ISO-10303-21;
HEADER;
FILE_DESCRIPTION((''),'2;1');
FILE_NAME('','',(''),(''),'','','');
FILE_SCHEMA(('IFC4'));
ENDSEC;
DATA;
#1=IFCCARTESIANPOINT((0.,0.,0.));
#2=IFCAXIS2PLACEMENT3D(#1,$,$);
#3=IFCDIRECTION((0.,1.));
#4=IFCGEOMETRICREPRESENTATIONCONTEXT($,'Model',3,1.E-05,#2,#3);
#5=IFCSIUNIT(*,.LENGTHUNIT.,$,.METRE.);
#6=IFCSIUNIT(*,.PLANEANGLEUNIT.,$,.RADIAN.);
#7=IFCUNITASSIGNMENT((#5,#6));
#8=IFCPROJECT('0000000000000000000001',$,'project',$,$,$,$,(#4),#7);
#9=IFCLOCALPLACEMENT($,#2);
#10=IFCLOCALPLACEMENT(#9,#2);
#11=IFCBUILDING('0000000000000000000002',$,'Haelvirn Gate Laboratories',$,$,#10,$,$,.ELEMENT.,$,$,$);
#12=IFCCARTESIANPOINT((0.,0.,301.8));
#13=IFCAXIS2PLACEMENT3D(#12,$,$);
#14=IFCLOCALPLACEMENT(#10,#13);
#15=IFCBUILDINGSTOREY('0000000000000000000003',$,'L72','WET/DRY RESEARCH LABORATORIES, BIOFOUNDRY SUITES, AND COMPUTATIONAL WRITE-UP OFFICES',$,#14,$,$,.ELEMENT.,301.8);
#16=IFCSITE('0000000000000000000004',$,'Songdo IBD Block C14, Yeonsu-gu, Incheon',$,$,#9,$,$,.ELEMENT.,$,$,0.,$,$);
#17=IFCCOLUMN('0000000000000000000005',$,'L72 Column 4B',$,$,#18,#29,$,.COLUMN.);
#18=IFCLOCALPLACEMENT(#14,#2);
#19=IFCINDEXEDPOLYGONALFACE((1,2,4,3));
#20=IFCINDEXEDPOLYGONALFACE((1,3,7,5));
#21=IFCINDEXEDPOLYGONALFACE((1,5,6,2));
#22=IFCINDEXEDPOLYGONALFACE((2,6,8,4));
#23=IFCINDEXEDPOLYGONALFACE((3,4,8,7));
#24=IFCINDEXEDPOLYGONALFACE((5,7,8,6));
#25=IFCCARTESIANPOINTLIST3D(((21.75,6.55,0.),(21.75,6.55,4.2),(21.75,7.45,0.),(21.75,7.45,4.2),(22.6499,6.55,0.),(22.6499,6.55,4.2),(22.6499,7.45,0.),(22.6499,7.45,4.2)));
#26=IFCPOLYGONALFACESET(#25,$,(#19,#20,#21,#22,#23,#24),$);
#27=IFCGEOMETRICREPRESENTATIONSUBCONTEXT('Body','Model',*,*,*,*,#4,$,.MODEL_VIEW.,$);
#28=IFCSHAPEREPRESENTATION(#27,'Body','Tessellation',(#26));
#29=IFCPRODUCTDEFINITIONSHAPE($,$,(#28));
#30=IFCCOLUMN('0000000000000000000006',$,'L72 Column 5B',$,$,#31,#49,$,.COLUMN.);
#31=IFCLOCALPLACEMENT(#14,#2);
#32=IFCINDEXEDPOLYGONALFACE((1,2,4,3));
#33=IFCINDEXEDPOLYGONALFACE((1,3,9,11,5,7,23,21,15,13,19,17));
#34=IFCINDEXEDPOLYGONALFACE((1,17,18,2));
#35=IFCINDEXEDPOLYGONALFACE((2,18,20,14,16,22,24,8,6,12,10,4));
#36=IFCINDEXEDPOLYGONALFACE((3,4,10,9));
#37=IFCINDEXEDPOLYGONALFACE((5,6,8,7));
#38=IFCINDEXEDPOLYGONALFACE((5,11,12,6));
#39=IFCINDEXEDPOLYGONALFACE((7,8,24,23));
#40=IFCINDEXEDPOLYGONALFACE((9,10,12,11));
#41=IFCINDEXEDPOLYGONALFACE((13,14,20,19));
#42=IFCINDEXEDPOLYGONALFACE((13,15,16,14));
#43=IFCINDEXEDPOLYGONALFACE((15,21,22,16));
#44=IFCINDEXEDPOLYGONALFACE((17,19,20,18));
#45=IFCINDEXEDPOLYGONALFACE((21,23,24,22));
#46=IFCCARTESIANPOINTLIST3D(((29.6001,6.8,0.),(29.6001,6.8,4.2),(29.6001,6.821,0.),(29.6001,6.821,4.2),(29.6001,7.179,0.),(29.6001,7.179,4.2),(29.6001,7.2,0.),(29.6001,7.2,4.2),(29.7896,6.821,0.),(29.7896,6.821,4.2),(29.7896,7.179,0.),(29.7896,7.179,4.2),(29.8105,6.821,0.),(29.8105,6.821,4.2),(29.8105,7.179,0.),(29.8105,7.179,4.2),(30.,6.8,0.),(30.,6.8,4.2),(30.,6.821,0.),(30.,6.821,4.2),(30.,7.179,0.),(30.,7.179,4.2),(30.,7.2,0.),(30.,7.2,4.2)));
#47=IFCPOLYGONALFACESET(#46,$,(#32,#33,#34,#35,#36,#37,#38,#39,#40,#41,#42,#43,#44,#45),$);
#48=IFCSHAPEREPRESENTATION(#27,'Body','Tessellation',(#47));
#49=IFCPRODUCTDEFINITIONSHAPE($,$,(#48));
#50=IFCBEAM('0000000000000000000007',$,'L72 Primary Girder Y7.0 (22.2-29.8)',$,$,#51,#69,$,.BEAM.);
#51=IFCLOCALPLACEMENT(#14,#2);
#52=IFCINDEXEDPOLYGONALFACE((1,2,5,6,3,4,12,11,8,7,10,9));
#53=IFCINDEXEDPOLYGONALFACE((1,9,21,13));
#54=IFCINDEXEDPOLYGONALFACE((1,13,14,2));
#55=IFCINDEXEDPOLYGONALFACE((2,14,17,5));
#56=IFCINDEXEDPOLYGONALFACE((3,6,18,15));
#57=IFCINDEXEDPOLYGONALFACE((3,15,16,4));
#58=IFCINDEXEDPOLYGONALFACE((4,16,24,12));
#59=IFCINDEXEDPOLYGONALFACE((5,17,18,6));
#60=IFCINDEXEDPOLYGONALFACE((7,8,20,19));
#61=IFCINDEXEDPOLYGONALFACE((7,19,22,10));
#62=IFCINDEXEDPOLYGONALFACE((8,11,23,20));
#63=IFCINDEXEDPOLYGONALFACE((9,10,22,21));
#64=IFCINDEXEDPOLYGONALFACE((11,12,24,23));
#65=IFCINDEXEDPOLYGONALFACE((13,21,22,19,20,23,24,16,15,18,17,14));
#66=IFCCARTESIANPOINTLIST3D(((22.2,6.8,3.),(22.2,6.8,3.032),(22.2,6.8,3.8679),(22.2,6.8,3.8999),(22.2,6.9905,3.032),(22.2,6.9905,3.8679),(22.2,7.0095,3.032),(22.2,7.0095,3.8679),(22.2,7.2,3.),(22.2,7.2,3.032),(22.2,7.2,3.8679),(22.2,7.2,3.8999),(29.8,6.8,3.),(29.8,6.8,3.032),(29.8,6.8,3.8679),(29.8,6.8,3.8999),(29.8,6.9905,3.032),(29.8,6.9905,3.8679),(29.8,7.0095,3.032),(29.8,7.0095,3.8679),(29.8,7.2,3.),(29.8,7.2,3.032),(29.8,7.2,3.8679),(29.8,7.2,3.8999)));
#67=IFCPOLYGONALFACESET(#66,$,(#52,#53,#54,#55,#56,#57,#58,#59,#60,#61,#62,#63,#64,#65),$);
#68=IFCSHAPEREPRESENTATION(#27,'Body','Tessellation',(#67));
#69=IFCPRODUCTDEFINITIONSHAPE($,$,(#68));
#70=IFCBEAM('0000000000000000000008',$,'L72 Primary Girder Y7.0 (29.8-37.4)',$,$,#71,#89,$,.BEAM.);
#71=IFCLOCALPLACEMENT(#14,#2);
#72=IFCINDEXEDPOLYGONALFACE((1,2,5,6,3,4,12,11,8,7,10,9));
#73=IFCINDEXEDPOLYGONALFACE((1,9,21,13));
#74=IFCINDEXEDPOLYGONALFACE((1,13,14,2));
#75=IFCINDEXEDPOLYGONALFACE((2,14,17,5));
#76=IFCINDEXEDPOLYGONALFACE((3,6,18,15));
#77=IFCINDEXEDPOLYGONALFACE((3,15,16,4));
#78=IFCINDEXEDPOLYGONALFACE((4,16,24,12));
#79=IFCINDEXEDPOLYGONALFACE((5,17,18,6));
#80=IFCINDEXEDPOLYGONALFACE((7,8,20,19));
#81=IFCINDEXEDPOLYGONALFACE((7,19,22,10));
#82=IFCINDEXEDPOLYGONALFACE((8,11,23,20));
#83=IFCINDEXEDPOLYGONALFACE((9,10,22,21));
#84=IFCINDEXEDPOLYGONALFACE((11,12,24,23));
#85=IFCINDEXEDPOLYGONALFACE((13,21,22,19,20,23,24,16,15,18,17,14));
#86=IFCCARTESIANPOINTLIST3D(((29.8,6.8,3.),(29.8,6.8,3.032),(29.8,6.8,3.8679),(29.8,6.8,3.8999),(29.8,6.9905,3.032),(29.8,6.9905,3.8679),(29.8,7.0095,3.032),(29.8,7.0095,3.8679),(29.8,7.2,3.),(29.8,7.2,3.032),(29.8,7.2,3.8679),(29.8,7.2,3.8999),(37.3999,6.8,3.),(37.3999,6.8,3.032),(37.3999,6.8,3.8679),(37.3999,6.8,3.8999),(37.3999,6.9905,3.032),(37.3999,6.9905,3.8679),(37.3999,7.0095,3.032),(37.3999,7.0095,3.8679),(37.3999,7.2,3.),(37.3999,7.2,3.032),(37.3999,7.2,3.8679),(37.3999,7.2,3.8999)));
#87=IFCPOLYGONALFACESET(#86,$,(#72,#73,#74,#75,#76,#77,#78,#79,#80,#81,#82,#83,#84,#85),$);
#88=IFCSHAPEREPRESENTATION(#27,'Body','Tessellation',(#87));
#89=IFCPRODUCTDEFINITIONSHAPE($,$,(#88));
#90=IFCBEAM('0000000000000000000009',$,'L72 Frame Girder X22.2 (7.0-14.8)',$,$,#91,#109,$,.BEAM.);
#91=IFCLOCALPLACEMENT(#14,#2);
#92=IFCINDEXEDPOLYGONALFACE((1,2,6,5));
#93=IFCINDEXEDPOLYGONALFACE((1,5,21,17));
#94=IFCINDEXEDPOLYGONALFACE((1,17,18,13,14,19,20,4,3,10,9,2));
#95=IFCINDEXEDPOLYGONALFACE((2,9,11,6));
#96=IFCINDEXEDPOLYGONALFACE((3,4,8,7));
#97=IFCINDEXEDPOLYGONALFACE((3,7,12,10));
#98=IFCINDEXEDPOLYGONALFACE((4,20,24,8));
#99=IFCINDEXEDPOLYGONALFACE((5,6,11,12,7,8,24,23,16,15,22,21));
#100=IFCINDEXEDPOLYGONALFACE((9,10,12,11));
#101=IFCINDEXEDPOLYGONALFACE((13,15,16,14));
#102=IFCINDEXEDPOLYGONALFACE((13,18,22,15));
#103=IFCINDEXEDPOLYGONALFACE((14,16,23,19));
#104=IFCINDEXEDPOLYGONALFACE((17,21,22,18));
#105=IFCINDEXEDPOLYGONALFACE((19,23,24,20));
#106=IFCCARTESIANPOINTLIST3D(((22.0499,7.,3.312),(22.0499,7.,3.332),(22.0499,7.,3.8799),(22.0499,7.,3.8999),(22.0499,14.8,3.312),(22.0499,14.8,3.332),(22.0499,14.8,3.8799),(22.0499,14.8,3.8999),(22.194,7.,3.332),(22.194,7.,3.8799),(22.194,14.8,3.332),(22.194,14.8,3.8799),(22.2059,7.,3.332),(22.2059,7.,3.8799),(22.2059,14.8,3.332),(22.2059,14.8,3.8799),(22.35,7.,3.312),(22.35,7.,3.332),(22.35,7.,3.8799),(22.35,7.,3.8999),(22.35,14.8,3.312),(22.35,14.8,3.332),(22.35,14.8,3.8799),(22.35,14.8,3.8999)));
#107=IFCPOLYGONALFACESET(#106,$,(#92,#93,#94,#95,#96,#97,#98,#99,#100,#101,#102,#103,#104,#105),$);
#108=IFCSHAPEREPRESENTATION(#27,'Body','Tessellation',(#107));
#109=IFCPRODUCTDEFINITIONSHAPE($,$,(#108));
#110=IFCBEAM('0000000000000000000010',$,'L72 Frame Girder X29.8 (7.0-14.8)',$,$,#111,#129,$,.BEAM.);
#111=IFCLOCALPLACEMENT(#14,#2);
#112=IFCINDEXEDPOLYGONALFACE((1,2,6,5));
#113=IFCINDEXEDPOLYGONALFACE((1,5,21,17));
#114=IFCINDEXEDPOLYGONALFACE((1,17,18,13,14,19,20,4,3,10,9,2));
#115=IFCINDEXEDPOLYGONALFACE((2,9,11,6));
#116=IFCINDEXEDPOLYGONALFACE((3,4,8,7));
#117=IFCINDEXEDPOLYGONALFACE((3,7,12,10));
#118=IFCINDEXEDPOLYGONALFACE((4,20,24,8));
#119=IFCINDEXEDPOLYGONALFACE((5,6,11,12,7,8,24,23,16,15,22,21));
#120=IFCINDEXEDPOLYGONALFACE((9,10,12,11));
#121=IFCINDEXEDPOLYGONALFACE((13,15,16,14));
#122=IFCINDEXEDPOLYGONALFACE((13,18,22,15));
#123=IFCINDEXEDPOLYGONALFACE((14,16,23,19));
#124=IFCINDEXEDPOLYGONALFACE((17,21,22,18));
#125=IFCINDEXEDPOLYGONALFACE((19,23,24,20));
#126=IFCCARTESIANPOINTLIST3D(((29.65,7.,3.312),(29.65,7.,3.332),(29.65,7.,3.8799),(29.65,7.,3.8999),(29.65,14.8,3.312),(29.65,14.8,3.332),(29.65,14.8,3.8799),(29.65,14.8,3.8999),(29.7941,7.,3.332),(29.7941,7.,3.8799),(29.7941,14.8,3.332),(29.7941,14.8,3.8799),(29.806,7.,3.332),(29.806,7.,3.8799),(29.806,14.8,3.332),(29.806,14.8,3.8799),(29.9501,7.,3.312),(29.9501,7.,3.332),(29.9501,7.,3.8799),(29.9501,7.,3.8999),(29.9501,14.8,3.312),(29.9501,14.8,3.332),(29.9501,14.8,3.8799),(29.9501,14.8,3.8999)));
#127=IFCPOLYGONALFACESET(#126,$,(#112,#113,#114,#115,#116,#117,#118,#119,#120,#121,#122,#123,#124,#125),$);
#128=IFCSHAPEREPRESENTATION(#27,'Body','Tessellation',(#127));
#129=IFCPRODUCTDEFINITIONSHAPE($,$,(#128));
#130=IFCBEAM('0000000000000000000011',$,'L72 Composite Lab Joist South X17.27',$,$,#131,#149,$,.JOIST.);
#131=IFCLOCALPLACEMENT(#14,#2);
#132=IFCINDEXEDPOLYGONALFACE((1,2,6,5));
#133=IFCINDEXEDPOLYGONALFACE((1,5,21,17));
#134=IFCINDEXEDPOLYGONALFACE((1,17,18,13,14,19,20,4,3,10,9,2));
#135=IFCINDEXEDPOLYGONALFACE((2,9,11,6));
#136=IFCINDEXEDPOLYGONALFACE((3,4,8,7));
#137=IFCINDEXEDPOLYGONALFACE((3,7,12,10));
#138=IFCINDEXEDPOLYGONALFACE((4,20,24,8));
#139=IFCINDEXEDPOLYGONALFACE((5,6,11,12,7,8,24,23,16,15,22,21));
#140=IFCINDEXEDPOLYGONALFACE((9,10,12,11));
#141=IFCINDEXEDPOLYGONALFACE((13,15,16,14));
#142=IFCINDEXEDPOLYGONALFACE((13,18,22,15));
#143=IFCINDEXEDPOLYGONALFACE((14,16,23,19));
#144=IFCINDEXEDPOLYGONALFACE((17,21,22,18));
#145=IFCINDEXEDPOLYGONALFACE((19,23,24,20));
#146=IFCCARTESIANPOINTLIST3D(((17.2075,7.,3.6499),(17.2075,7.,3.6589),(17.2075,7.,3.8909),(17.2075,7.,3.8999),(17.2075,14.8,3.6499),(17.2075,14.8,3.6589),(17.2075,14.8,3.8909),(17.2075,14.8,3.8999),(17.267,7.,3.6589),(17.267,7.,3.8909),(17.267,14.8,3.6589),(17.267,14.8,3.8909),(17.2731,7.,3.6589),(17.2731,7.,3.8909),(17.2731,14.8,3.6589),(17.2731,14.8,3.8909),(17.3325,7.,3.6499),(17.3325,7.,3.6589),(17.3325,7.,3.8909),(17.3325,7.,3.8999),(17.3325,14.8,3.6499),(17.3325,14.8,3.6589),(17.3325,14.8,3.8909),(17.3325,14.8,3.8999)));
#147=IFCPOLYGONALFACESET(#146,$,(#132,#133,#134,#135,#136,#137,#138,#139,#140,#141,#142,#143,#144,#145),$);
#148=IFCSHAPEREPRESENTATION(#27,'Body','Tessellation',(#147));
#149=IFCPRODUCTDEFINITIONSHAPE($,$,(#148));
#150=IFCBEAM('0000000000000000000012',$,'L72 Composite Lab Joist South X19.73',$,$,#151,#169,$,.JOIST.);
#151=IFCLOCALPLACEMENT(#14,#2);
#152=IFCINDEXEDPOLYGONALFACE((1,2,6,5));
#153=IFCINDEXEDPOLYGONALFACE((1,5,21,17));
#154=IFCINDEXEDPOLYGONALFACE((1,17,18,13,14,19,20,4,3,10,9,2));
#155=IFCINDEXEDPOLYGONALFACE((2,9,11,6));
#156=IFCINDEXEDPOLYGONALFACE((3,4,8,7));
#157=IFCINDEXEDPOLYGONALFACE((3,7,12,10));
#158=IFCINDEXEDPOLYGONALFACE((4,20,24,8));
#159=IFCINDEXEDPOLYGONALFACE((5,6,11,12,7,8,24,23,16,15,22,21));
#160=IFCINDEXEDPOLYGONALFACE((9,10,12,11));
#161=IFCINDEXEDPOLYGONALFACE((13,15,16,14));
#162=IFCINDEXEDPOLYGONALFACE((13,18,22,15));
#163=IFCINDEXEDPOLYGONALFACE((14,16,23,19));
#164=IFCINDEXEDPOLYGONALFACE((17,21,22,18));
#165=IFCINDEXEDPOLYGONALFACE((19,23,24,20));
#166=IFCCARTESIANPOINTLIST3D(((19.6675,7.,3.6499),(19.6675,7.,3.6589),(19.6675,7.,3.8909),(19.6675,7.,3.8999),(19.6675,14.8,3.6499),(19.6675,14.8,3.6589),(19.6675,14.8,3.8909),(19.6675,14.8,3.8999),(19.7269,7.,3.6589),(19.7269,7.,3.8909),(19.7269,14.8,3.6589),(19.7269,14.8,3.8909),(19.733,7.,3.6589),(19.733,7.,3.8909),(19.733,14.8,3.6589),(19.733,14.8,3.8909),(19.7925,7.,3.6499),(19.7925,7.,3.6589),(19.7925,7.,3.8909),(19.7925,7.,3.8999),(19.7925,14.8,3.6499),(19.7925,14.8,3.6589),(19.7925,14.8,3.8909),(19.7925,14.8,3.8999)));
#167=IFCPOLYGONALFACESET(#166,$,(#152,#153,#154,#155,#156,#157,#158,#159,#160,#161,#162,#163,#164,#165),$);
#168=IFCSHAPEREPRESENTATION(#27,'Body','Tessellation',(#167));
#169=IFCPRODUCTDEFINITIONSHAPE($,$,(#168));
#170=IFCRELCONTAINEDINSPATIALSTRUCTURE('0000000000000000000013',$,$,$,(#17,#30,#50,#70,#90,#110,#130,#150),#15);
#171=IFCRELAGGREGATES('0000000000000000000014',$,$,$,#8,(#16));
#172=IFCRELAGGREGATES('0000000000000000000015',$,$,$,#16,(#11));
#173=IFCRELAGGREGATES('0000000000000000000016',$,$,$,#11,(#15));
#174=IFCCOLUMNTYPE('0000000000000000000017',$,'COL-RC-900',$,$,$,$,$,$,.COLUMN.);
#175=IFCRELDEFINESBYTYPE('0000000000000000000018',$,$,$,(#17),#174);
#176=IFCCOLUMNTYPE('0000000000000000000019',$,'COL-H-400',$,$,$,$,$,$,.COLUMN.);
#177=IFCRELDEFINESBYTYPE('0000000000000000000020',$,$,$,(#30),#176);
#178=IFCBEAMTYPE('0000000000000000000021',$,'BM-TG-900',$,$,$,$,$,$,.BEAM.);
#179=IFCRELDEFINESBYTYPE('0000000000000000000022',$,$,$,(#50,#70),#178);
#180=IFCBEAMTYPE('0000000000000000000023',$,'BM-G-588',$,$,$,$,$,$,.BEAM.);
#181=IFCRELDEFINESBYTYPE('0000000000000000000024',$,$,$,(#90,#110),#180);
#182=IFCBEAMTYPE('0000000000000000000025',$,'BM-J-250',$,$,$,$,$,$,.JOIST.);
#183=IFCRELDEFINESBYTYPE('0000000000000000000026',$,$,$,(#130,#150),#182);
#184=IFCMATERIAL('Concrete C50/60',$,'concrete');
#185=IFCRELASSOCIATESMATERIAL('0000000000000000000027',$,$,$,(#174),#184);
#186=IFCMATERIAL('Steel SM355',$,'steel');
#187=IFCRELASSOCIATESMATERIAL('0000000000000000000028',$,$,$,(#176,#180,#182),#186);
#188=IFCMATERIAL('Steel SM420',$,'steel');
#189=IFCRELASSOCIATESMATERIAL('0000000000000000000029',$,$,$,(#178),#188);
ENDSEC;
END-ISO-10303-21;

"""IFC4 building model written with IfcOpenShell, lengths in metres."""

from ifc_helpers import new_model, si_unit, direction, frame, origin, origin_2d, place, context, subcontext, project, spatial, rectangle, i_section, extrude, source, transform, mapped, material, material_profile, profile_set, type_object, type_shapes, element, save


model = new_model("IFC4")

# Units and contexts
model_context = context("Model", 3, precision=1e-05, world=origin(), true_north=direction((0.0, 1.0)))
body_context = subcontext(model_context, "Body", "Model", "MODEL_VIEW")
ifc_project = project(units=[si_unit("LENGTHUNIT", "METRE"), si_unit("PLANEANGLEUNIT", "RADIAN")], contexts=[model_context])

# Site, building, storey
site_placement = place(None, origin())
site = spatial("IfcSite", under=ifc_project, at=site_placement, Name="Songdo IBD Block C14, Yeonsu-gu, Incheon", CompositionType="ELEMENT", RefElevation=0.0)
building_placement = place(site_placement, origin())
building = spatial("IfcBuilding", under=site, at=building_placement, Name="Haelvirn Gate Laboratories", CompositionType="ELEMENT")
storey_placement = place(building_placement, frame((0.0, 0.0, 301.8)))
storey = spatial("IfcBuildingStorey", under=building, at=storey_placement, Name="L72", Description="WET/DRY RESEARCH LABORATORIES, BIOFOUNDRY SUITES, AND COMPUTATIONAL WRITE-UP OFFICES", CompositionType="ELEMENT", Elevation=301.8)

# Columns
ifc_material_1 = material(Name="Concrete C50/60", Category="concrete")
ifc_material_profile_1 = material_profile(ifc_material_1, rectangle(XDim=0.8999, YDim=0.8999, at=origin_2d()), Name="RC-900x900")
ifc_profile_set_1 = profile_set([ifc_material_profile_1], Name="Concrete C50/60")
column_type_1 = type_object("IfcColumnType", Name="COL-RC-900", PredefinedType="COLUMN", material=ifc_profile_set_1)
shared_shape_1 = source(origin(), body_context, "Body", "SweptSolid", [
    extrude(rectangle(XDim=0.8999, YDim=0.8999, at=origin_2d()), origin(), (0.0, 0.0, 1.0), 4.2),
])
type_shapes(column_type_1, [shared_shape_1])
column_1_placement = place(storey_placement, frame((22.2, 7.0, 0.0), z_axis=(0.0, 0.0, 1.0), x_axis=(1.0, 0.0, 0.0)))
element("IfcColumn", 1, at=column_1_placement, inside=storey, type_object=column_type_1, Name="L72 Column 4B", PredefinedType="COLUMN", context=body_context, shape_type="MappedRepresentation", body=[
    mapped(shared_shape_1, transform((0.0, 0.0, 0.0), scale=1.0)),
])
ifc_material_2 = material(Name="Steel SM355", Category="steel")
ifc_material_profile_2 = material_profile(ifc_material_2, i_section(OverallWidth=0.3999, OverallDepth=0.3999, WebThickness=0.021, FlangeThickness=0.021, at=origin_2d()), Name="H-400x400x21x21")
ifc_profile_set_2 = profile_set([ifc_material_profile_2], Name="Steel SM355")
column_type_2 = type_object("IfcColumnType", Name="COL-H-400", PredefinedType="COLUMN", material=ifc_profile_set_2)
shared_shape_2 = source(origin(), body_context, "Body", "SweptSolid", [
    extrude(i_section(OverallWidth=0.3999, OverallDepth=0.3999, WebThickness=0.021, FlangeThickness=0.021, at=origin_2d()), origin(), (0.0, 0.0, 1.0), 4.2),
])
type_shapes(column_type_2, [shared_shape_2])
column_2_placement = place(storey_placement, frame((29.8, 7.0, 0.0), z_axis=(0.0, 0.0, 1.0), x_axis=(1.0, 0.0, 0.0)))
element("IfcColumn", 2, at=column_2_placement, inside=storey, type_object=column_type_2, Name="L72 Column 5B", PredefinedType="COLUMN", context=body_context, shape_type="MappedRepresentation", body=[
    mapped(shared_shape_2, transform((0.0, 0.0, 0.0), scale=1.0)),
])

# Beams
ifc_material_3 = material(Name="Steel SM420", Category="steel")
ifc_material_profile_3 = material_profile(ifc_material_3, i_section(OverallWidth=0.3999, OverallDepth=0.8999, WebThickness=0.019, FlangeThickness=0.032, at=origin_2d()), Name="H-900x400x19x32")
ifc_profile_set_3 = profile_set([ifc_material_profile_3], Name="Steel SM420")
beam_type_1 = type_object("IfcBeamType", Name="BM-TG-900", PredefinedType="BEAM", material=ifc_profile_set_3)
shared_shape_3 = source(origin(), body_context, "Body", "SweptSolid", [
    extrude(i_section(OverallWidth=0.3999, OverallDepth=0.8999, WebThickness=0.019, FlangeThickness=0.032, at=origin_2d()), origin(), (0.0, 0.0, 1.0), 7.6001),
])
beam_1_placement = place(storey_placement, frame((22.2, 7.0, 3.45), z_axis=(1.0, 0.0, 0.0), x_axis=(0.0, 1.0, 0.0)))
element("IfcBeam", 3, at=beam_1_placement, inside=storey, type_object=beam_type_1, Name="L72 Primary Girder Y7.0 (22.2-29.8)", PredefinedType="BEAM", context=body_context, shape_type="MappedRepresentation", body=[
    mapped(shared_shape_3, transform((0.0, 0.0, 0.0), scale=1.0)),
])
shared_shape_4 = source(origin(), body_context, "Body", "SweptSolid", [
    extrude(i_section(OverallWidth=0.3999, OverallDepth=0.8999, WebThickness=0.019, FlangeThickness=0.032, at=origin_2d()), origin(), (0.0, 0.0, 1.0), 7.5999),
])
type_shapes(beam_type_1, [shared_shape_3, shared_shape_4])
beam_2_placement = place(storey_placement, frame((29.8, 7.0, 3.45), z_axis=(1.0, 0.0, 0.0), x_axis=(0.0, 1.0, 0.0)))
element("IfcBeam", 4, at=beam_2_placement, inside=storey, type_object=beam_type_1, Name="L72 Primary Girder Y7.0 (29.8-37.4)", PredefinedType="BEAM", context=body_context, shape_type="MappedRepresentation", body=[
    mapped(shared_shape_4, transform((0.0, 0.0, 0.0), scale=1.0)),
])
ifc_material_profile_4 = material_profile(ifc_material_2, i_section(OverallWidth=0.3, OverallDepth=0.5879, WebThickness=0.012, FlangeThickness=0.02, at=origin_2d()), Name="H-588x300x12x20")
ifc_profile_set_4 = profile_set([ifc_material_profile_4], Name="Steel SM355")
beam_type_2 = type_object("IfcBeamType", Name="BM-G-588", PredefinedType="BEAM", material=ifc_profile_set_4)
shared_shape_5 = source(origin(), body_context, "Body", "SweptSolid", [
    extrude(i_section(OverallWidth=0.3, OverallDepth=0.5879, WebThickness=0.012, FlangeThickness=0.02, at=origin_2d()), origin(), (0.0, 0.0, 1.0), 7.8),
])
type_shapes(beam_type_2, [shared_shape_5])
for number, where, z_axis, x_axis, name in (
    (5, (22.2, 7.0, 3.606), (0.0, 1.0, 0.0), (-1.0, 0.0, 0.0), "L72 Frame Girder X22.2 (7.0-14.8)"),
    (6, (29.8, 7.0, 3.606), (0.0, 1.0, 0.0), (-1.0, 0.0, 0.0), "L72 Frame Girder X29.8 (7.0-14.8)"),
):
    element("IfcBeam", number, at=place(storey_placement, frame(where, z_axis=z_axis, x_axis=x_axis)), inside=storey, type_object=beam_type_2, Name=name, PredefinedType="BEAM", context=body_context, shape_type="MappedRepresentation", body=[
        mapped(shared_shape_5, transform((0.0, 0.0, 0.0), scale=1.0)),
    ])
ifc_material_profile_5 = material_profile(ifc_material_2, i_section(OverallWidth=0.125, OverallDepth=0.25, WebThickness=0.0061, FlangeThickness=0.009, at=origin_2d()), Name="H-250x125x6x9")
ifc_profile_set_5 = profile_set([ifc_material_profile_5], Name="Steel SM355")
beam_type_3 = type_object("IfcBeamType", Name="BM-J-250", PredefinedType="JOIST", material=ifc_profile_set_5)
shared_shape_6 = source(origin(), body_context, "Body", "SweptSolid", [
    extrude(i_section(OverallWidth=0.125, OverallDepth=0.25, WebThickness=0.0061, FlangeThickness=0.009, at=origin_2d()), origin(), (0.0, 0.0, 1.0), 7.8),
])
type_shapes(beam_type_3, [shared_shape_6])
for number, where, z_axis, x_axis, name in (
    (7, (17.27, 7.0, 3.7749), (0.0, 1.0, 0.0), (-1.0, 0.0, 0.0), "L72 Composite Lab Joist South X17.27"),
    (8, (19.73, 7.0, 3.7749), (0.0, 1.0, 0.0), (-1.0, 0.0, 0.0), "L72 Composite Lab Joist South X19.73"),
):
    element("IfcBeam", number, at=place(storey_placement, frame(where, z_axis=z_axis, x_axis=x_axis)), inside=storey, type_object=beam_type_3, Name=name, PredefinedType="JOIST", context=body_context, shape_type="MappedRepresentation", body=[
        mapped(shared_shape_6, transform((0.0, 0.0, 0.0), scale=1.0)),
    ])

save(model, "model.ifc")
